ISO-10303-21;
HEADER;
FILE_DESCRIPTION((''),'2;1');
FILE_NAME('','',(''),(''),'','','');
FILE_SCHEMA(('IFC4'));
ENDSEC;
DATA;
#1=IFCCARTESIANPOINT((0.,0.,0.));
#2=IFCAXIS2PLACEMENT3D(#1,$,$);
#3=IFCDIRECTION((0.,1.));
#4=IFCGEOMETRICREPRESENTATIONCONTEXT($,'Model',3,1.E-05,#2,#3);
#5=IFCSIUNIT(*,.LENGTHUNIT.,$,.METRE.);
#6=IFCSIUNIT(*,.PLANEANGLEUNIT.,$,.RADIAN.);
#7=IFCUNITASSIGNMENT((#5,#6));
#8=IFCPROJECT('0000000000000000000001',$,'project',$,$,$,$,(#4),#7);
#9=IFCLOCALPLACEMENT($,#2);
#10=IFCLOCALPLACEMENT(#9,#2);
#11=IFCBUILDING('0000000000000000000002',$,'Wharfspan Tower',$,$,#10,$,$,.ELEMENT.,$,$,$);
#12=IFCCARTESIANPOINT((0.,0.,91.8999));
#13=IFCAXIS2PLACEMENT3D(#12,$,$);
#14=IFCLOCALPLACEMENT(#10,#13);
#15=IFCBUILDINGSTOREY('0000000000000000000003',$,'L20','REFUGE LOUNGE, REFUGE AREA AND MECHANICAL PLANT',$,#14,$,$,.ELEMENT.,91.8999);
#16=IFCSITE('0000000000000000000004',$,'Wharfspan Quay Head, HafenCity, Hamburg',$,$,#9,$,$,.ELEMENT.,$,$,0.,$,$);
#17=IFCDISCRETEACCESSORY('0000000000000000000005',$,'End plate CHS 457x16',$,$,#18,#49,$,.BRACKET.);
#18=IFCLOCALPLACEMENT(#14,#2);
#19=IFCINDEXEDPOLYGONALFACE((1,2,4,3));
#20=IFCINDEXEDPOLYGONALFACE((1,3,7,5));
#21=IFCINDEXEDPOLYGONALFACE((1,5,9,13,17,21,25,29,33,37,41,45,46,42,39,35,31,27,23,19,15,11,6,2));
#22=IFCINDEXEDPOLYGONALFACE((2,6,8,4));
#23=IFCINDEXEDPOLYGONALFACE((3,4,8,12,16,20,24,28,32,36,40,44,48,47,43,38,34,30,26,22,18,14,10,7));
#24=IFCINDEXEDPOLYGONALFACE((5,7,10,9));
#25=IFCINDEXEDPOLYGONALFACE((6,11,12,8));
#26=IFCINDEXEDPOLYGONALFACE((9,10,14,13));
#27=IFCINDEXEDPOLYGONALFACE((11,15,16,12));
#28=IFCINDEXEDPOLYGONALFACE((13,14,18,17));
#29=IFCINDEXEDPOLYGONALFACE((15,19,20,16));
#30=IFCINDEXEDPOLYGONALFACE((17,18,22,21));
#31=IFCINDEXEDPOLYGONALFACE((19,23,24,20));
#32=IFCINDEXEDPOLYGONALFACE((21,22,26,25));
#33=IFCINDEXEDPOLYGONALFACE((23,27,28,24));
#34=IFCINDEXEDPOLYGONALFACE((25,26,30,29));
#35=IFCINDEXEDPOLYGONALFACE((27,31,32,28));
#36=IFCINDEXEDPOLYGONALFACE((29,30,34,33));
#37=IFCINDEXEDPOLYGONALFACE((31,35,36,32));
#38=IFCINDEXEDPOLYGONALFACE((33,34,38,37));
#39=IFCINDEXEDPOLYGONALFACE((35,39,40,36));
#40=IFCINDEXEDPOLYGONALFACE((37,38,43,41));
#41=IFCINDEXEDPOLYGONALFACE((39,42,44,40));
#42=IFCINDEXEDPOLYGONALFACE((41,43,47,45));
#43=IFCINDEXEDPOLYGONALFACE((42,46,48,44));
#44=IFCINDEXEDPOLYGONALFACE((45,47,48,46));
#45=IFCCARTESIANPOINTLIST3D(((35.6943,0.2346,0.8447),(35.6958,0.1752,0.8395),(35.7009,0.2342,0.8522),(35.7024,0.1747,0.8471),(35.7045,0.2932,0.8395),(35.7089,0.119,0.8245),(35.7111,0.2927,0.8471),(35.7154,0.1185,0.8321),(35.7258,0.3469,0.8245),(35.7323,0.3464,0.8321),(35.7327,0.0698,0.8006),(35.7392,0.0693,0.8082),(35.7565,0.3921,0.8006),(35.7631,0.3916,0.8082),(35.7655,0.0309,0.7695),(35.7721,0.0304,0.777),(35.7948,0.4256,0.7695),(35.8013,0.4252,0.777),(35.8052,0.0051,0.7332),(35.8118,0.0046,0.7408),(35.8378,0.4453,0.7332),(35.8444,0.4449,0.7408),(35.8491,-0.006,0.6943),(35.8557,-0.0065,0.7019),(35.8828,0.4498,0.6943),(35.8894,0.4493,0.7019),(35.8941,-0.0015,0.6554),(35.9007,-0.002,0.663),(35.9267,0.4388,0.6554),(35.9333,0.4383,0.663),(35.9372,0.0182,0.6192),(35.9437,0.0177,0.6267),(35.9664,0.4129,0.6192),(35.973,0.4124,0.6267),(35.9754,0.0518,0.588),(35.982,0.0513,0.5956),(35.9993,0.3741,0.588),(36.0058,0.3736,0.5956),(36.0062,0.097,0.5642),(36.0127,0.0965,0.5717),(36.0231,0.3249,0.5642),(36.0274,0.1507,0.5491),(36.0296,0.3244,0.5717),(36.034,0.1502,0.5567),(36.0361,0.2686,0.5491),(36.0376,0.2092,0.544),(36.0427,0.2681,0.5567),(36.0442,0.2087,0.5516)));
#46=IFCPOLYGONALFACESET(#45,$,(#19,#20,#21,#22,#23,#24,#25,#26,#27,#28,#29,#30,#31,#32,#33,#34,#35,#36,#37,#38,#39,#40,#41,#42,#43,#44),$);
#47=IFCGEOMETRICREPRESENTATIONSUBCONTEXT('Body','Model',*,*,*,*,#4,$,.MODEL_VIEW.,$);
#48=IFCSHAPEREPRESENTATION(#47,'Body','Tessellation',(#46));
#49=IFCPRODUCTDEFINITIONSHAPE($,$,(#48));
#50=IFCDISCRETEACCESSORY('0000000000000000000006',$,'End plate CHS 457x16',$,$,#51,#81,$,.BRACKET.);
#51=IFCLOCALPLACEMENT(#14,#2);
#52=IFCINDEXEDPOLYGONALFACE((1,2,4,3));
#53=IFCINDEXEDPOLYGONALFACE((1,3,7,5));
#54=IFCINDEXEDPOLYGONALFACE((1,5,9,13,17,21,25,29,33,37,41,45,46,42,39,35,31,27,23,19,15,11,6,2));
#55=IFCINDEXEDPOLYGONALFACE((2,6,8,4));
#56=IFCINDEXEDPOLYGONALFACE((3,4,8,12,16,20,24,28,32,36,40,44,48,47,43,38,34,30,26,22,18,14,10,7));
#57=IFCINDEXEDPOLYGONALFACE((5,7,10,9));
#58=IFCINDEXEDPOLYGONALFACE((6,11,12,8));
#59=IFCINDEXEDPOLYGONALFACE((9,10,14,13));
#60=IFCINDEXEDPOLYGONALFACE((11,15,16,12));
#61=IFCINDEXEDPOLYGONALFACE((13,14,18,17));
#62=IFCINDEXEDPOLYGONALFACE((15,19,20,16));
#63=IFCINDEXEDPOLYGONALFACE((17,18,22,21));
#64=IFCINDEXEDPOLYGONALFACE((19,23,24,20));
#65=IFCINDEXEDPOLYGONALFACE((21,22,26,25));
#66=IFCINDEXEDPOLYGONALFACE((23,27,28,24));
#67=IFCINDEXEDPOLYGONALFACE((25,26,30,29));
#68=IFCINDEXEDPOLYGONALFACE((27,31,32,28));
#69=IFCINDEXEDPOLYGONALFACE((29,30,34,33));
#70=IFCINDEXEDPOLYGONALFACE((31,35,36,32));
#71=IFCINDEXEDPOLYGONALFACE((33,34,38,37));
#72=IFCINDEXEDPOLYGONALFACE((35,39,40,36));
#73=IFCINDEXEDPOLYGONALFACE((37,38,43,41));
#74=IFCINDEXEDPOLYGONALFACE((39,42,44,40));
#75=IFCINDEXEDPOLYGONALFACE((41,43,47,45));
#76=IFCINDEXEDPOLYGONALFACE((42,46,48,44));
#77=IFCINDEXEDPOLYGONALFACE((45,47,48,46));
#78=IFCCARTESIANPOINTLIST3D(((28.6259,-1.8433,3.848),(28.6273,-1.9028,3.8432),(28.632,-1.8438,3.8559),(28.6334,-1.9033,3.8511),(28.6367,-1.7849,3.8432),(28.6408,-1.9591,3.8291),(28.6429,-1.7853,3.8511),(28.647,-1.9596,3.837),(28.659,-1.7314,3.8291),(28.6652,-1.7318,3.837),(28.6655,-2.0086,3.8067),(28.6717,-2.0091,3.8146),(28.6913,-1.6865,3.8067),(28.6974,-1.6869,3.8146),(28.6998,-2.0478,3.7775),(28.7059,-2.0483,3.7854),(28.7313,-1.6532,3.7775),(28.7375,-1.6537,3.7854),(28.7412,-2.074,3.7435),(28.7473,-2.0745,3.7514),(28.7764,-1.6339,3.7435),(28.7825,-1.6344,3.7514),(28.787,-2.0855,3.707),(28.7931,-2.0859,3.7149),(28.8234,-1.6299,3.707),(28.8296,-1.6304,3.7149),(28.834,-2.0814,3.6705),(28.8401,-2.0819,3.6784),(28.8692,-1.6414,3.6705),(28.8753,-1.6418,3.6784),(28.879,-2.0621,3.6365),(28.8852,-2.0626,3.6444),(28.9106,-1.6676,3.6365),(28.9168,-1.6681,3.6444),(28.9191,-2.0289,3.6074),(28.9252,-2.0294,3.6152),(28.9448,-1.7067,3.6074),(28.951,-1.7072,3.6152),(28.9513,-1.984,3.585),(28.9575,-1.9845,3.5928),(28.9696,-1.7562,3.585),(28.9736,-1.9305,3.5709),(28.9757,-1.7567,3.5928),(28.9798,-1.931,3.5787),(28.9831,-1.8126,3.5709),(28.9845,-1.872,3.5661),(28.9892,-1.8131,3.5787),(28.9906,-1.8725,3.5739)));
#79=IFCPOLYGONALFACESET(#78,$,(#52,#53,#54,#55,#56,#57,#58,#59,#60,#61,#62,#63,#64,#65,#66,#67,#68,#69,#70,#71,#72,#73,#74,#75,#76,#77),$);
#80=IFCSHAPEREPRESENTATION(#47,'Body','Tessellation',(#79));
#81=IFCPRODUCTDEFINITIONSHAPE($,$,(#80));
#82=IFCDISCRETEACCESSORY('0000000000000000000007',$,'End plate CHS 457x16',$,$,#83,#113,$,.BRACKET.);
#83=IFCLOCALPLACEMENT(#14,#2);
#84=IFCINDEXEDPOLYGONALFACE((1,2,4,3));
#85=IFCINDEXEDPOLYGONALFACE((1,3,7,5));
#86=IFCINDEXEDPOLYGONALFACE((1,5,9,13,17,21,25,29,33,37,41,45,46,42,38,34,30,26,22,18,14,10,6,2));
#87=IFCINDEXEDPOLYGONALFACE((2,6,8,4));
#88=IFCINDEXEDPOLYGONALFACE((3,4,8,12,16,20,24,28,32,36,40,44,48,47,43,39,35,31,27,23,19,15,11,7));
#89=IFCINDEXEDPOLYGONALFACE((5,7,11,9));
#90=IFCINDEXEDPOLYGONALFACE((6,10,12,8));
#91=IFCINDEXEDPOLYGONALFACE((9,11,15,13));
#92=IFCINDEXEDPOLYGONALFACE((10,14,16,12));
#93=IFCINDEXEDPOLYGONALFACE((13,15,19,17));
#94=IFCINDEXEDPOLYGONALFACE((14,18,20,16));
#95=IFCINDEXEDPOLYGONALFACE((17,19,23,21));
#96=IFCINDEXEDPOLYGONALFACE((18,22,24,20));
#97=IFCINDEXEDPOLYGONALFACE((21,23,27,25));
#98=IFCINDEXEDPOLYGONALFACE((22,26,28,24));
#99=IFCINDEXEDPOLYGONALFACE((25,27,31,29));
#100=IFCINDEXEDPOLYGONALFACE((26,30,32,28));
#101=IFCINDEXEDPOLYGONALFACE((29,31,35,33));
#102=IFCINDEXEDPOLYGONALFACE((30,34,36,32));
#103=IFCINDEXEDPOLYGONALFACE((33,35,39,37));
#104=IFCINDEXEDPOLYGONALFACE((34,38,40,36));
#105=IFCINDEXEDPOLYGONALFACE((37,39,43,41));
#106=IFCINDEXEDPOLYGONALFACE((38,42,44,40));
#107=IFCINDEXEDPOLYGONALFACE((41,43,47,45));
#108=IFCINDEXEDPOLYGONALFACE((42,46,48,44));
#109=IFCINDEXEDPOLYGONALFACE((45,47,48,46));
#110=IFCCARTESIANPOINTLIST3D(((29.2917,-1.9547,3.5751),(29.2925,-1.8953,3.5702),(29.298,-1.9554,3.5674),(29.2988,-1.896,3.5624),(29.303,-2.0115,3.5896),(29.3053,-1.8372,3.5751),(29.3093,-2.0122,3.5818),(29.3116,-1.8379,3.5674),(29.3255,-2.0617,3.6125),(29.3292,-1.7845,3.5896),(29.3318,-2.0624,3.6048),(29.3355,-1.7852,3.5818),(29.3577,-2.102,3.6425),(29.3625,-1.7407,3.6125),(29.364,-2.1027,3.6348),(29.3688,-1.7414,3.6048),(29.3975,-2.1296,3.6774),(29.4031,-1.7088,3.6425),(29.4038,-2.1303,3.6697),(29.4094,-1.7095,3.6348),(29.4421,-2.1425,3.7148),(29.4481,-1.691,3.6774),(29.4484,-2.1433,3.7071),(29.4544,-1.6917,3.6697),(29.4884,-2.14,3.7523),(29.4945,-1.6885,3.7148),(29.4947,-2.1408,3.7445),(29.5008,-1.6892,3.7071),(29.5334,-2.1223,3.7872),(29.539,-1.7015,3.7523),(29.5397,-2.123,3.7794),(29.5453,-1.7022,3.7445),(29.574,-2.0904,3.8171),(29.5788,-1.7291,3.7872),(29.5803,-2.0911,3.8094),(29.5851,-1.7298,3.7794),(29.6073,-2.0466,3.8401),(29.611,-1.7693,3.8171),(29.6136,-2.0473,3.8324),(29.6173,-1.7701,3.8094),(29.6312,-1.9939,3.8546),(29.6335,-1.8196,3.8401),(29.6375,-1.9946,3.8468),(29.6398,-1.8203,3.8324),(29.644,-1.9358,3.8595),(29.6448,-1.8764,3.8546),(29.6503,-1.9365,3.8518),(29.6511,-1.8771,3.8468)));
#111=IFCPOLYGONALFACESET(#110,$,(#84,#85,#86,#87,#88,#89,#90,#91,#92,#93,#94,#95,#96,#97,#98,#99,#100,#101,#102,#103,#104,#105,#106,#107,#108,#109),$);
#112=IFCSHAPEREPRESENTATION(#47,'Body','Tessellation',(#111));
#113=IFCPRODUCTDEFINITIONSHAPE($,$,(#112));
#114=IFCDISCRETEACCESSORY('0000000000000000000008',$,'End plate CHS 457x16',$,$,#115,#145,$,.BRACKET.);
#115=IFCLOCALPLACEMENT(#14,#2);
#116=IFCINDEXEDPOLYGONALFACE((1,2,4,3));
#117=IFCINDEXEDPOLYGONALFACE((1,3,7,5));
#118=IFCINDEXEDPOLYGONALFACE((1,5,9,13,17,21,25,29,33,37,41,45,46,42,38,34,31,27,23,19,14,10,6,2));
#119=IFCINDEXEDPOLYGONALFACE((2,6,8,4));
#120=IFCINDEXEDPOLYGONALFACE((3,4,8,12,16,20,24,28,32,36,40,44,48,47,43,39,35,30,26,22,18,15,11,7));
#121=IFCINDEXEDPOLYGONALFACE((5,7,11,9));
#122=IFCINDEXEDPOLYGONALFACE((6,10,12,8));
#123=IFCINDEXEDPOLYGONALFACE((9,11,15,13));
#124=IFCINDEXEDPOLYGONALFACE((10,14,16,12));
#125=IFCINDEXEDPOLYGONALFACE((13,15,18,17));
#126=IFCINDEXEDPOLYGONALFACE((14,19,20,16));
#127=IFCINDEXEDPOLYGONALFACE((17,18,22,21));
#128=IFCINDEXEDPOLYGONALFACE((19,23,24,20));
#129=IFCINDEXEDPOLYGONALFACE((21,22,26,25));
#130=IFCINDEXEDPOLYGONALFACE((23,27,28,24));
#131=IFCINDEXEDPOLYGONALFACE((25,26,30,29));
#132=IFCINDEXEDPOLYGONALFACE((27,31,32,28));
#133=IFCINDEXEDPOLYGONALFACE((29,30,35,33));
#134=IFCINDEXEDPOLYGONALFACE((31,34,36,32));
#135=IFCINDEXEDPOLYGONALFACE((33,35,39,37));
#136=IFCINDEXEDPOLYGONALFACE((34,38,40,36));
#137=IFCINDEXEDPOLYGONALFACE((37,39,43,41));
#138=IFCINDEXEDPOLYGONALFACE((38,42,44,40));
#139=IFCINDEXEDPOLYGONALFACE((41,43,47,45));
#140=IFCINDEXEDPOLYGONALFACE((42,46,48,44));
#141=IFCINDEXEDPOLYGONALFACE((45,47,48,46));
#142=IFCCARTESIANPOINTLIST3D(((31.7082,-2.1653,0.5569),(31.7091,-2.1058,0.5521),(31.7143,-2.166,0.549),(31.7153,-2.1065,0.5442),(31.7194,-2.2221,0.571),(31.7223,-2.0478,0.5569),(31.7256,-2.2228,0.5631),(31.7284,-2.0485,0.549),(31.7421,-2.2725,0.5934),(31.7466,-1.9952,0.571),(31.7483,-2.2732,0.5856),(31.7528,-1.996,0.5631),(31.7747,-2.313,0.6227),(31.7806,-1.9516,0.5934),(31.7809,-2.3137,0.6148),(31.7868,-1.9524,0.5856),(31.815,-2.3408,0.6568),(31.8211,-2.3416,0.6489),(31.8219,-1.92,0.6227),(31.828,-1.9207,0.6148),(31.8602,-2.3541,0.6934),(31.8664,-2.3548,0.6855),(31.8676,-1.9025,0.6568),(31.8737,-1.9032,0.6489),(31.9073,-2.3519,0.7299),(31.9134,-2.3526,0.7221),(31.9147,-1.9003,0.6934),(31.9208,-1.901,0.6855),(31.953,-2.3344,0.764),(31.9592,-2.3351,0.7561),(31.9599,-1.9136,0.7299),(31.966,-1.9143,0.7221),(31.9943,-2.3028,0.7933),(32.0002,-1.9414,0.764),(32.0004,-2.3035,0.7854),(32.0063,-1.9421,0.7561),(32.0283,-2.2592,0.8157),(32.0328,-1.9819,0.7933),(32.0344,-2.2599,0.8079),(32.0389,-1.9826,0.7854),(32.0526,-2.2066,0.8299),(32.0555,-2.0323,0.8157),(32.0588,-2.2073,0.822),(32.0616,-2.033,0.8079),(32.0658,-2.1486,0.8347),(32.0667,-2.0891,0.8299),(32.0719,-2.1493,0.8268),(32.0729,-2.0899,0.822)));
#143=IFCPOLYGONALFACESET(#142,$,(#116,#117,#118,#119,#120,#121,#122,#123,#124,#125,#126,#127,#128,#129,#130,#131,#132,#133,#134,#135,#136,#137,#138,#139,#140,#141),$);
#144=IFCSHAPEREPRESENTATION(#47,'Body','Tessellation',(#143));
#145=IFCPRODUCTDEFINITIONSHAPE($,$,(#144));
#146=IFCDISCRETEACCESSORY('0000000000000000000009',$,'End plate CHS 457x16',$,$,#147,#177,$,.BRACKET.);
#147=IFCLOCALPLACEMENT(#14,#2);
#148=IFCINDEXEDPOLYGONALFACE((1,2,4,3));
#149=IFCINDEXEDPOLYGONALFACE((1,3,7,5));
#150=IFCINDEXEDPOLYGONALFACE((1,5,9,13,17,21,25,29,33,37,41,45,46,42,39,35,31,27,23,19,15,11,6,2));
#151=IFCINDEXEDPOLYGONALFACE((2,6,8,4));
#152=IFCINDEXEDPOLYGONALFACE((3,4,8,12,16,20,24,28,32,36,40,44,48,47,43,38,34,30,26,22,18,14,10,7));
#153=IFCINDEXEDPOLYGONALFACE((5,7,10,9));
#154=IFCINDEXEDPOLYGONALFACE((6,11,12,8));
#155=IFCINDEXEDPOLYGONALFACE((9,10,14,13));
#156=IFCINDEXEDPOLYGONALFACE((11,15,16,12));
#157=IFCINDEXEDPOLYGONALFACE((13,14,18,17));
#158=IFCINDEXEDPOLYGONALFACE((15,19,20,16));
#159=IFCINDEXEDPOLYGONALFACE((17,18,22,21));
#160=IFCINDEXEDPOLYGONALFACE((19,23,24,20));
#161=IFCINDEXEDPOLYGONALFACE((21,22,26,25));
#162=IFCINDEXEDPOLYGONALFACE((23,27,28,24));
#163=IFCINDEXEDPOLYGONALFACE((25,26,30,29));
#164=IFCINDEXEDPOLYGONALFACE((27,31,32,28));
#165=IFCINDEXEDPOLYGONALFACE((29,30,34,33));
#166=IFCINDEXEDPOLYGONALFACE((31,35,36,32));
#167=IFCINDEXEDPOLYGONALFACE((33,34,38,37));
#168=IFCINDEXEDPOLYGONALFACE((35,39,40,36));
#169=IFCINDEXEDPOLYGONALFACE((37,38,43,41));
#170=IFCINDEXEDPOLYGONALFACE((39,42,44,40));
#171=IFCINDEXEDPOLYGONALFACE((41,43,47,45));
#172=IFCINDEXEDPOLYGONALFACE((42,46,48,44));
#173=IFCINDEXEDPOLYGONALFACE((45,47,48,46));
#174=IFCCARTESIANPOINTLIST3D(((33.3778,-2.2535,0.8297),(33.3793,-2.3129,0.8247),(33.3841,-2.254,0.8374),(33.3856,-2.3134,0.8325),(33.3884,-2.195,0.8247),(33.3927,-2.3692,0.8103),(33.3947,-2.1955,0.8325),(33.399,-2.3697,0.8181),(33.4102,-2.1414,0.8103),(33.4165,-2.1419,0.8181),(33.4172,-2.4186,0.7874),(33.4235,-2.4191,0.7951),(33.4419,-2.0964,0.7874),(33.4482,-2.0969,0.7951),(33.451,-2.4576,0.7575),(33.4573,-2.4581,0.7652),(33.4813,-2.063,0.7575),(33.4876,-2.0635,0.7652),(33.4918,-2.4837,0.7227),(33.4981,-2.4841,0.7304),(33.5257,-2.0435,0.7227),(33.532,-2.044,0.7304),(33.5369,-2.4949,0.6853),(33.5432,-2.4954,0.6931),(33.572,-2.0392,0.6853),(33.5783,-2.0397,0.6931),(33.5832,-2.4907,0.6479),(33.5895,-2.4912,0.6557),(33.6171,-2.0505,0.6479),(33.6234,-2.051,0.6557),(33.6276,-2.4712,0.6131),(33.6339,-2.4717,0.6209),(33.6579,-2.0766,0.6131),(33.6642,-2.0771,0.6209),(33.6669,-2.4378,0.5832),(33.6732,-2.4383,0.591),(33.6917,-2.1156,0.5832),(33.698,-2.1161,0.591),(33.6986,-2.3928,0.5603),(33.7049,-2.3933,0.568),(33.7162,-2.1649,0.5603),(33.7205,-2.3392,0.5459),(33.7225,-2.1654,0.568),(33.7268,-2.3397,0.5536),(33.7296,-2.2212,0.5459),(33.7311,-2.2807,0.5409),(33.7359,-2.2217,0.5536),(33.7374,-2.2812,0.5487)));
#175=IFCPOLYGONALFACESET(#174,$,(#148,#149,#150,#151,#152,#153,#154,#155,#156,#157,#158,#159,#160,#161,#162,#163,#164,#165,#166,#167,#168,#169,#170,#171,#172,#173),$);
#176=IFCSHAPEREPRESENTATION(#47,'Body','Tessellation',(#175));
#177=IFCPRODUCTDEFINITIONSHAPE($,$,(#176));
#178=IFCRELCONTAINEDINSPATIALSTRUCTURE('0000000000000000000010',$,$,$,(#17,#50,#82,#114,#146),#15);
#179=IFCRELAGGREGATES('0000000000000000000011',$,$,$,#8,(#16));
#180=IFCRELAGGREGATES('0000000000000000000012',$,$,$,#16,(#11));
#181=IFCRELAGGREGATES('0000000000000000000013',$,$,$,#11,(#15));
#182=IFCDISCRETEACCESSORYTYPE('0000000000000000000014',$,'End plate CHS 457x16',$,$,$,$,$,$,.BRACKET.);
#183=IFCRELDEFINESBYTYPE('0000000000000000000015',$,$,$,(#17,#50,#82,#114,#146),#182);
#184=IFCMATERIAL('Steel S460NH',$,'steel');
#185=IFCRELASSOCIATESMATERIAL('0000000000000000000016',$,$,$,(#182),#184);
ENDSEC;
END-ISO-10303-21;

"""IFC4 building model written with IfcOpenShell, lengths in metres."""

from ifc_helpers import new_model, si_unit, direction, frame, origin, origin_2d, place, context, subcontext, project, spatial, circle, extrude, material, material_profile, profile_set, type_object, element, save


model = new_model("IFC4")

# Units and contexts
model_context = context("Model", 3, precision=1e-05, world=origin(), true_north=direction((0.0, 1.0)))
body_context = subcontext(model_context, "Body", "Model", "MODEL_VIEW")
ifc_project = project(units=[si_unit("LENGTHUNIT", "METRE"), si_unit("PLANEANGLEUNIT", "RADIAN")], contexts=[model_context])

# Site, building, storey
site_placement = place(None, origin())
site = spatial("IfcSite", under=ifc_project, at=site_placement, Name="Wharfspan Quay Head, HafenCity, Hamburg", CompositionType="ELEMENT", RefElevation=0.0)
building_placement = place(site_placement, origin())
building = spatial("IfcBuilding", under=site, at=building_placement, Name="Wharfspan Tower", CompositionType="ELEMENT")
storey_placement = place(building_placement, frame((0.0, 0.0, 91.8999)))
storey = spatial("IfcBuildingStorey", under=building, at=storey_placement, Name="L20", Description="REFUGE LOUNGE, REFUGE AREA AND MECHANICAL PLANT", CompositionType="ELEMENT", Elevation=91.8999)

# Shared definitions
ifc_material_1 = material(Name="Steel S460NH", Category="steel")

# Discrete accessories
ifc_material_profile_1 = material_profile(ifc_material_1, circle(Radius=0.2285, at=origin_2d()))
ifc_profile_set_1 = profile_set([ifc_material_profile_1], Name="Steel S460NH")
discrete_accessory_type_1 = type_object("IfcDiscreteAccessoryType", Name="End plate CHS 457x16", PredefinedType="BRACKET", material=ifc_profile_set_1)
for number, where, z_axis, x_axis, name in (
    (1, (35.866, 0.2219, 0.6943), (0.656005, -0.048593, 0.753191), (0.073872, 0.997271, 0.0), "End plate CHS 457x16"),
    (2, (28.8052, -1.8577, 3.707), (0.614899, -0.049192, 0.78707), (0.079745, 0.996811, 0.0), "End plate CHS 457x16"),
    (3, (29.4683, -1.9155, 3.7148), (0.62893, -0.072569, -0.774068), (0.114624, 0.993406, 0.0), "End plate CHS 457x16"),
    (4, (31.8875, -2.1272, 0.6934), (0.613971, -0.073677, -0.785883), (0.119146, 0.992877, 0.0), "End plate CHS 457x16"),
    (5, (33.5544, -2.2671, 0.6853), (0.629852, -0.04845, 0.775203), (0.076696, 0.997051, 0.0), "End plate CHS 457x16"),
):
    element("IfcDiscreteAccessory", number, at=place(storey_placement, frame(where, z_axis=z_axis, x_axis=x_axis)), inside=storey, type_object=discrete_accessory_type_1, Name=name, PredefinedType="BRACKET", context=body_context, shape_type="SweptSolid", body=[
        extrude(circle(Radius=0.2285, at=origin_2d()), origin(), (0.0, 0.0, 1.0), 0.01),
    ])

save(model, "model.ifc")
